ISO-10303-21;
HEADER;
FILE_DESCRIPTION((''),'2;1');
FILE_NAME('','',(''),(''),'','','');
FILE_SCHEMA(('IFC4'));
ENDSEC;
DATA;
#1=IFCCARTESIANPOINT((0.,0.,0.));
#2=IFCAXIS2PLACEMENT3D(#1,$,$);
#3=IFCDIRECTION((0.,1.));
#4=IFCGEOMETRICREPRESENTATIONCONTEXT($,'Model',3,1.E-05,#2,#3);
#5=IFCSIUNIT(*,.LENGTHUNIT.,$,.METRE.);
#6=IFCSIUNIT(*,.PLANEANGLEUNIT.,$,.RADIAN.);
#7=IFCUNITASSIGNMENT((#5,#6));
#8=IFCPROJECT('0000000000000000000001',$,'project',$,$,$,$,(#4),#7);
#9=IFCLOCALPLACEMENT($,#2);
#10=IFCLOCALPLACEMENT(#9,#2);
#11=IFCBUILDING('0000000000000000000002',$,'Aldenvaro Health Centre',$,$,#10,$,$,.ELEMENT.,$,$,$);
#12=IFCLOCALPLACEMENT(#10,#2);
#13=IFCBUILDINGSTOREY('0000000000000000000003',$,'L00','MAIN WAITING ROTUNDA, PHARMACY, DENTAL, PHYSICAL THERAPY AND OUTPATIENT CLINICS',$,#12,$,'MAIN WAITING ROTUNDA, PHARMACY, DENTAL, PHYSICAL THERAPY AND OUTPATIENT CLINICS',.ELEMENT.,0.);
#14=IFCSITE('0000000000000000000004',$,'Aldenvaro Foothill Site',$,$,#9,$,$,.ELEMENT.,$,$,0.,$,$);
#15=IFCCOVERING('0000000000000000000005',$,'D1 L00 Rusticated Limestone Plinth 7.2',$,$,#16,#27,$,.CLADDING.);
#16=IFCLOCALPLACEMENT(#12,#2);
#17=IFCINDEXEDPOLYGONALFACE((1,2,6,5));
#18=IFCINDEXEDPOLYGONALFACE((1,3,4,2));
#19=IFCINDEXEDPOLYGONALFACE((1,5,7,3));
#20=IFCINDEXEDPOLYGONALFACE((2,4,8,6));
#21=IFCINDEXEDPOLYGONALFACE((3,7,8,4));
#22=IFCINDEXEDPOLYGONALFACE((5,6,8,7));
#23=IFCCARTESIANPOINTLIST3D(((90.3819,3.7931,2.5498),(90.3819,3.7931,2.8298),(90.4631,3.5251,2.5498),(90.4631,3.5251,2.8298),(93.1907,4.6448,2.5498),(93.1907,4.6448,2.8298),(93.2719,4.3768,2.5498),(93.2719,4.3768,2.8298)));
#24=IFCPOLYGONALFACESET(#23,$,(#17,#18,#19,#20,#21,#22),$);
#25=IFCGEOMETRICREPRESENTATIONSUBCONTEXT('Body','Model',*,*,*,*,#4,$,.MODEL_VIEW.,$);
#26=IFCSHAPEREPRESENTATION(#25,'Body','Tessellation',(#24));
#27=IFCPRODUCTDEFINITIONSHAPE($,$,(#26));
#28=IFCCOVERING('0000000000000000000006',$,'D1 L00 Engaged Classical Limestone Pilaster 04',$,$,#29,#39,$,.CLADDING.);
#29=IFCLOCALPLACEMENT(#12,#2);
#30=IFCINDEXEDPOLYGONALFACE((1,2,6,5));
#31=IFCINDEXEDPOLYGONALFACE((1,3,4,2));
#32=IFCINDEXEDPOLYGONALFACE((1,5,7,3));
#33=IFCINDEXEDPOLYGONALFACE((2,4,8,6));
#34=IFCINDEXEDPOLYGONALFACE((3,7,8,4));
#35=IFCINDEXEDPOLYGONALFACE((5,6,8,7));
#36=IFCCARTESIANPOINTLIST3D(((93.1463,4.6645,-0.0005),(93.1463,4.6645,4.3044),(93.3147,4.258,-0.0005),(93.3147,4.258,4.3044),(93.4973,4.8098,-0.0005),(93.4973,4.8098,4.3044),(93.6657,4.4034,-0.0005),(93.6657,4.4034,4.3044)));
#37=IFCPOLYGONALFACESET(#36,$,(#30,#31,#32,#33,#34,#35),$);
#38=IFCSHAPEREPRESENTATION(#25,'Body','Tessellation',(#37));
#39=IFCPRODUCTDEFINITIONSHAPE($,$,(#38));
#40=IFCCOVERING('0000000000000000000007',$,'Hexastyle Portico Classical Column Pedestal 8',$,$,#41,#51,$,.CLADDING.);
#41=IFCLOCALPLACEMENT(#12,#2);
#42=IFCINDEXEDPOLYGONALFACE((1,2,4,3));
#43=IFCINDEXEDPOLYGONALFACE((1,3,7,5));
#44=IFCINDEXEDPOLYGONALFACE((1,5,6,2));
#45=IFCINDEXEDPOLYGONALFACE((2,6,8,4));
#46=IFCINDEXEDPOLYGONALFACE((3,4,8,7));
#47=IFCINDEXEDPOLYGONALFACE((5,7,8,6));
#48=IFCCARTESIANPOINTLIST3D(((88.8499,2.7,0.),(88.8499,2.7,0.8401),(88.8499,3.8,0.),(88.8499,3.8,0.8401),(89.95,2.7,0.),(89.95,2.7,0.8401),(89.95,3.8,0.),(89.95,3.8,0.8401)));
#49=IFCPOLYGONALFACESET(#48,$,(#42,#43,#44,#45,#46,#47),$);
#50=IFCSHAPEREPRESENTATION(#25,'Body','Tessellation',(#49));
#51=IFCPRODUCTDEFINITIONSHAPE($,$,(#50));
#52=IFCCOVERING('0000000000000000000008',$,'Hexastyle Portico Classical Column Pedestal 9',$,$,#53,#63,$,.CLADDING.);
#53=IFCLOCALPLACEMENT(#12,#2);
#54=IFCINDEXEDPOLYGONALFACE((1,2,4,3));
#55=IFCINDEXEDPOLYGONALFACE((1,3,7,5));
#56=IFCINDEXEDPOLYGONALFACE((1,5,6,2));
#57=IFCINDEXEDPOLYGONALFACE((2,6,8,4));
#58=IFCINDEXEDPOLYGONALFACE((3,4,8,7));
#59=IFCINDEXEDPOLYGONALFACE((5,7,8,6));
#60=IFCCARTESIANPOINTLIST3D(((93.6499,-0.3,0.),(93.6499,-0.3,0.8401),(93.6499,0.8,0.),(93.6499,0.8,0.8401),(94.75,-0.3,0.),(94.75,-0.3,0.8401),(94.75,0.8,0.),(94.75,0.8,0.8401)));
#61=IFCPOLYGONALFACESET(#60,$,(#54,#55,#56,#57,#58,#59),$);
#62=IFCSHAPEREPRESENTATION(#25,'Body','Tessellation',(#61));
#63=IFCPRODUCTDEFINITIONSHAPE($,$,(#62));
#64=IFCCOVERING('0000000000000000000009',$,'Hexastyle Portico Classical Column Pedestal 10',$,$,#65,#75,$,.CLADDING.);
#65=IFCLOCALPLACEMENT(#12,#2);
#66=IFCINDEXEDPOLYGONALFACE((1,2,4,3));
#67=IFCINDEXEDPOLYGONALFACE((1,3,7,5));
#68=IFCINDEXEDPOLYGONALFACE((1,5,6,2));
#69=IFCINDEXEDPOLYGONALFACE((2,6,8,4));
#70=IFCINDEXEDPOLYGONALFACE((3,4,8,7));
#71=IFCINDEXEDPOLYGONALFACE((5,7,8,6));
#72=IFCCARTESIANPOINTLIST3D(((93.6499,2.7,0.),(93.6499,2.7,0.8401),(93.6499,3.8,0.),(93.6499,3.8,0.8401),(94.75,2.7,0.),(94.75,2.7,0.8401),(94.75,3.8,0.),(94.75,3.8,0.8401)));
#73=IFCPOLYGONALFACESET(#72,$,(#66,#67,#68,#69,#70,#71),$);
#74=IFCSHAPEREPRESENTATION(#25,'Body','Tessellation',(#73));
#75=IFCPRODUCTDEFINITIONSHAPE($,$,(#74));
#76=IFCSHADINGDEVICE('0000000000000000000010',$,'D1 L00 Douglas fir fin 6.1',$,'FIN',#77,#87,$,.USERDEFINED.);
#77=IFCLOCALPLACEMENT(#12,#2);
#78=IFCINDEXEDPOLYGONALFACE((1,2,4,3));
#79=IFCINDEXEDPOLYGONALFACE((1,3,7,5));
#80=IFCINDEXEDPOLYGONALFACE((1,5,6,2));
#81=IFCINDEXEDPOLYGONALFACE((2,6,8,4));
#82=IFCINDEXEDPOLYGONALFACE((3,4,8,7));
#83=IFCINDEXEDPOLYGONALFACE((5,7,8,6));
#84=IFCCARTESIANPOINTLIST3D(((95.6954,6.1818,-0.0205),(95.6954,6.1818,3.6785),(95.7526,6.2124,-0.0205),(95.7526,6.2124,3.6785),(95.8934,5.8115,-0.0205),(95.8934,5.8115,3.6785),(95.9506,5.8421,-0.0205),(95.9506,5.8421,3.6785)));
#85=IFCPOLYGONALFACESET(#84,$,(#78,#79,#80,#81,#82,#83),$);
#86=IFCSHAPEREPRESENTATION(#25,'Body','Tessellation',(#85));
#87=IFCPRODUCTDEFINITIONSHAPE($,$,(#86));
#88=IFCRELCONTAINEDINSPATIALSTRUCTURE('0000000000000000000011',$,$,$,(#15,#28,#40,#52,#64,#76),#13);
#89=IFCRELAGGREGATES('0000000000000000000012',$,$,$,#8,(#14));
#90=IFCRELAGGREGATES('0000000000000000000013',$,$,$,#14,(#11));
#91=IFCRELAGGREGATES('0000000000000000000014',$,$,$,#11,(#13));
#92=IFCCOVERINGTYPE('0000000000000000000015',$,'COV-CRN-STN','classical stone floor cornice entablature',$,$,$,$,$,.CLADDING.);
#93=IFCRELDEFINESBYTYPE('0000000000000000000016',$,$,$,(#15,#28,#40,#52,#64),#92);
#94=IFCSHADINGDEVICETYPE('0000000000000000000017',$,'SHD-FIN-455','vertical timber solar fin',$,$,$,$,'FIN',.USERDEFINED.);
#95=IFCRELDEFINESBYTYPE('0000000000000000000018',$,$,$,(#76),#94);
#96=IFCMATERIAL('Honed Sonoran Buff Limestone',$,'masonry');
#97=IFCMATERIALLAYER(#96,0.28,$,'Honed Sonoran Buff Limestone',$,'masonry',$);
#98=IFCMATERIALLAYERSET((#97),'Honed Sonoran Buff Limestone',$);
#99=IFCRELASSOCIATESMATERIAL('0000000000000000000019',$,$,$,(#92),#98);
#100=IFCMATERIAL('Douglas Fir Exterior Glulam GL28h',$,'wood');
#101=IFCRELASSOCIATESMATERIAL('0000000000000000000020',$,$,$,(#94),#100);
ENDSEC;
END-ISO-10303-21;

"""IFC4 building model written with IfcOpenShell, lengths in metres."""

from ifc_helpers import new_model, si_unit, direction, frame, origin, origin_2d, place, context, subcontext, project, spatial, rectangle, extrude, material, layer, layer_set, type_object, element, save


model = new_model("IFC4")

# Units and contexts
model_context = context("Model", 3, precision=1e-05, world=origin(), true_north=direction((0.0, 1.0)))
body_context = subcontext(model_context, "Body", "Model", "MODEL_VIEW")
ifc_project = project(units=[si_unit("LENGTHUNIT", "METRE"), si_unit("PLANEANGLEUNIT", "RADIAN")], contexts=[model_context])

# Site, building, storey
site_placement = place(None, origin())
site = spatial("IfcSite", under=ifc_project, at=site_placement, Name="Aldenvaro Foothill Site", CompositionType="ELEMENT", RefElevation=0.0)
building_placement = place(site_placement, origin())
building = spatial("IfcBuilding", under=site, at=building_placement, Name="Aldenvaro Health Centre", CompositionType="ELEMENT")
storey_placement = place(building_placement, origin())
storey = spatial("IfcBuildingStorey", under=building, at=storey_placement, Name="L00", Description="MAIN WAITING ROTUNDA, PHARMACY, DENTAL, PHYSICAL THERAPY AND OUTPATIENT CLINICS", LongName="MAIN WAITING ROTUNDA, PHARMACY, DENTAL, PHYSICAL THERAPY AND OUTPATIENT CLINICS", CompositionType="ELEMENT", Elevation=0.0)

# Coverings
ifc_material_1 = material(Name="Honed Sonoran Buff Limestone", Category="masonry")
ifc_layer_1 = layer(ifc_material_1, 0.28, Name="Honed Sonoran Buff Limestone", Category="masonry")
ifc_layer_set_1 = layer_set([ifc_layer_1], Name="Honed Sonoran Buff Limestone")
covering_type = type_object("IfcCoveringType", Name="COV-CRN-STN", Description="classical stone floor cornice entablature", PredefinedType="CLADDING", material=ifc_layer_set_1)
covering_1_placement = place(storey_placement, frame((91.8269, 4.085, 2.5498), z_axis=(0.0, 0.0, 1.0), x_axis=(-0.956975, -0.290171, 0.0)))
element("IfcCovering", 1, at=covering_1_placement, inside=storey, type_object=covering_type, Name="D1 L00 Rusticated Limestone Plinth 7.2", PredefinedType="CLADDING", context=body_context, shape_type="SweptSolid", body=[
    extrude(rectangle(XDim=2.9351, YDim=0.28, at=origin_2d()), origin(), (0.0, 0.0, 1.0), 0.28),
])
covering_2_placement = place(storey_placement, frame((93.406, 4.5339, -0.0005), z_axis=(0.0, 0.0, 1.0), x_axis=(0.382675, -0.923883, 0.0)))
element("IfcCovering", 2, at=covering_2_placement, inside=storey, type_object=covering_type, Name="D1 L00 Engaged Classical Limestone Pilaster 04", PredefinedType="CLADDING", context=body_context, shape_type="SweptSolid", body=[
    extrude(rectangle(XDim=0.4399, YDim=0.3799, at=origin_2d()), origin(), (0.0, 0.0, 1.0), 4.3049),
])
for number, where, z_axis, x_axis, name in (
    (3, (89.3999, 3.25, 0.0), (0.0, 0.0, 1.0), (1.0, 0.0, 0.0), "Hexastyle Portico Classical Column Pedestal 8"),
    (4, (94.2, 0.25, 0.0), (0.0, 0.0, 1.0), (1.0, 0.0, 0.0), "Hexastyle Portico Classical Column Pedestal 9"),
    (5, (94.2, 3.25, 0.0), (0.0, 0.0, 1.0), (1.0, 0.0, 0.0), "Hexastyle Portico Classical Column Pedestal 10"),
):
    element("IfcCovering", number, at=place(storey_placement, frame(where, z_axis=z_axis, x_axis=x_axis)), inside=storey, type_object=covering_type, Name=name, PredefinedType="CLADDING", context=body_context, shape_type="SweptSolid", body=[
        extrude(rectangle(XDim=1.1001, YDim=1.1001, at=origin_2d()), origin(), (0.0, 0.0, 1.0), 0.8401),
    ])

# Shading device
ifc_material_2 = material(Name="Douglas Fir Exterior Glulam GL28h", Category="wood")
shading_device_type = type_object("IfcShadingDeviceType", Name="SHD-FIN-455", Description="vertical timber solar fin", ElementType="FIN", PredefinedType="USERDEFINED", material=ifc_material_2)
shading_device_placement = place(storey_placement, frame((95.823, 6.012, -0.0205), z_axis=(0.0, 0.0, 1.0), x_axis=(-0.881836, -0.471557, 0.0)))
element("IfcShadingDevice", 6, at=shading_device_placement, inside=storey, type_object=shading_device_type, Name="D1 L00 Douglas fir fin 6.1", ObjectType="FIN", PredefinedType="USERDEFINED", context=body_context, shape_type="SweptSolid", body=[
    extrude(rectangle(XDim=0.0649, YDim=0.4199, at=origin_2d()), origin(), (0.0, 0.0, 1.0), 3.699),
])

save(model, "model.ifc")
